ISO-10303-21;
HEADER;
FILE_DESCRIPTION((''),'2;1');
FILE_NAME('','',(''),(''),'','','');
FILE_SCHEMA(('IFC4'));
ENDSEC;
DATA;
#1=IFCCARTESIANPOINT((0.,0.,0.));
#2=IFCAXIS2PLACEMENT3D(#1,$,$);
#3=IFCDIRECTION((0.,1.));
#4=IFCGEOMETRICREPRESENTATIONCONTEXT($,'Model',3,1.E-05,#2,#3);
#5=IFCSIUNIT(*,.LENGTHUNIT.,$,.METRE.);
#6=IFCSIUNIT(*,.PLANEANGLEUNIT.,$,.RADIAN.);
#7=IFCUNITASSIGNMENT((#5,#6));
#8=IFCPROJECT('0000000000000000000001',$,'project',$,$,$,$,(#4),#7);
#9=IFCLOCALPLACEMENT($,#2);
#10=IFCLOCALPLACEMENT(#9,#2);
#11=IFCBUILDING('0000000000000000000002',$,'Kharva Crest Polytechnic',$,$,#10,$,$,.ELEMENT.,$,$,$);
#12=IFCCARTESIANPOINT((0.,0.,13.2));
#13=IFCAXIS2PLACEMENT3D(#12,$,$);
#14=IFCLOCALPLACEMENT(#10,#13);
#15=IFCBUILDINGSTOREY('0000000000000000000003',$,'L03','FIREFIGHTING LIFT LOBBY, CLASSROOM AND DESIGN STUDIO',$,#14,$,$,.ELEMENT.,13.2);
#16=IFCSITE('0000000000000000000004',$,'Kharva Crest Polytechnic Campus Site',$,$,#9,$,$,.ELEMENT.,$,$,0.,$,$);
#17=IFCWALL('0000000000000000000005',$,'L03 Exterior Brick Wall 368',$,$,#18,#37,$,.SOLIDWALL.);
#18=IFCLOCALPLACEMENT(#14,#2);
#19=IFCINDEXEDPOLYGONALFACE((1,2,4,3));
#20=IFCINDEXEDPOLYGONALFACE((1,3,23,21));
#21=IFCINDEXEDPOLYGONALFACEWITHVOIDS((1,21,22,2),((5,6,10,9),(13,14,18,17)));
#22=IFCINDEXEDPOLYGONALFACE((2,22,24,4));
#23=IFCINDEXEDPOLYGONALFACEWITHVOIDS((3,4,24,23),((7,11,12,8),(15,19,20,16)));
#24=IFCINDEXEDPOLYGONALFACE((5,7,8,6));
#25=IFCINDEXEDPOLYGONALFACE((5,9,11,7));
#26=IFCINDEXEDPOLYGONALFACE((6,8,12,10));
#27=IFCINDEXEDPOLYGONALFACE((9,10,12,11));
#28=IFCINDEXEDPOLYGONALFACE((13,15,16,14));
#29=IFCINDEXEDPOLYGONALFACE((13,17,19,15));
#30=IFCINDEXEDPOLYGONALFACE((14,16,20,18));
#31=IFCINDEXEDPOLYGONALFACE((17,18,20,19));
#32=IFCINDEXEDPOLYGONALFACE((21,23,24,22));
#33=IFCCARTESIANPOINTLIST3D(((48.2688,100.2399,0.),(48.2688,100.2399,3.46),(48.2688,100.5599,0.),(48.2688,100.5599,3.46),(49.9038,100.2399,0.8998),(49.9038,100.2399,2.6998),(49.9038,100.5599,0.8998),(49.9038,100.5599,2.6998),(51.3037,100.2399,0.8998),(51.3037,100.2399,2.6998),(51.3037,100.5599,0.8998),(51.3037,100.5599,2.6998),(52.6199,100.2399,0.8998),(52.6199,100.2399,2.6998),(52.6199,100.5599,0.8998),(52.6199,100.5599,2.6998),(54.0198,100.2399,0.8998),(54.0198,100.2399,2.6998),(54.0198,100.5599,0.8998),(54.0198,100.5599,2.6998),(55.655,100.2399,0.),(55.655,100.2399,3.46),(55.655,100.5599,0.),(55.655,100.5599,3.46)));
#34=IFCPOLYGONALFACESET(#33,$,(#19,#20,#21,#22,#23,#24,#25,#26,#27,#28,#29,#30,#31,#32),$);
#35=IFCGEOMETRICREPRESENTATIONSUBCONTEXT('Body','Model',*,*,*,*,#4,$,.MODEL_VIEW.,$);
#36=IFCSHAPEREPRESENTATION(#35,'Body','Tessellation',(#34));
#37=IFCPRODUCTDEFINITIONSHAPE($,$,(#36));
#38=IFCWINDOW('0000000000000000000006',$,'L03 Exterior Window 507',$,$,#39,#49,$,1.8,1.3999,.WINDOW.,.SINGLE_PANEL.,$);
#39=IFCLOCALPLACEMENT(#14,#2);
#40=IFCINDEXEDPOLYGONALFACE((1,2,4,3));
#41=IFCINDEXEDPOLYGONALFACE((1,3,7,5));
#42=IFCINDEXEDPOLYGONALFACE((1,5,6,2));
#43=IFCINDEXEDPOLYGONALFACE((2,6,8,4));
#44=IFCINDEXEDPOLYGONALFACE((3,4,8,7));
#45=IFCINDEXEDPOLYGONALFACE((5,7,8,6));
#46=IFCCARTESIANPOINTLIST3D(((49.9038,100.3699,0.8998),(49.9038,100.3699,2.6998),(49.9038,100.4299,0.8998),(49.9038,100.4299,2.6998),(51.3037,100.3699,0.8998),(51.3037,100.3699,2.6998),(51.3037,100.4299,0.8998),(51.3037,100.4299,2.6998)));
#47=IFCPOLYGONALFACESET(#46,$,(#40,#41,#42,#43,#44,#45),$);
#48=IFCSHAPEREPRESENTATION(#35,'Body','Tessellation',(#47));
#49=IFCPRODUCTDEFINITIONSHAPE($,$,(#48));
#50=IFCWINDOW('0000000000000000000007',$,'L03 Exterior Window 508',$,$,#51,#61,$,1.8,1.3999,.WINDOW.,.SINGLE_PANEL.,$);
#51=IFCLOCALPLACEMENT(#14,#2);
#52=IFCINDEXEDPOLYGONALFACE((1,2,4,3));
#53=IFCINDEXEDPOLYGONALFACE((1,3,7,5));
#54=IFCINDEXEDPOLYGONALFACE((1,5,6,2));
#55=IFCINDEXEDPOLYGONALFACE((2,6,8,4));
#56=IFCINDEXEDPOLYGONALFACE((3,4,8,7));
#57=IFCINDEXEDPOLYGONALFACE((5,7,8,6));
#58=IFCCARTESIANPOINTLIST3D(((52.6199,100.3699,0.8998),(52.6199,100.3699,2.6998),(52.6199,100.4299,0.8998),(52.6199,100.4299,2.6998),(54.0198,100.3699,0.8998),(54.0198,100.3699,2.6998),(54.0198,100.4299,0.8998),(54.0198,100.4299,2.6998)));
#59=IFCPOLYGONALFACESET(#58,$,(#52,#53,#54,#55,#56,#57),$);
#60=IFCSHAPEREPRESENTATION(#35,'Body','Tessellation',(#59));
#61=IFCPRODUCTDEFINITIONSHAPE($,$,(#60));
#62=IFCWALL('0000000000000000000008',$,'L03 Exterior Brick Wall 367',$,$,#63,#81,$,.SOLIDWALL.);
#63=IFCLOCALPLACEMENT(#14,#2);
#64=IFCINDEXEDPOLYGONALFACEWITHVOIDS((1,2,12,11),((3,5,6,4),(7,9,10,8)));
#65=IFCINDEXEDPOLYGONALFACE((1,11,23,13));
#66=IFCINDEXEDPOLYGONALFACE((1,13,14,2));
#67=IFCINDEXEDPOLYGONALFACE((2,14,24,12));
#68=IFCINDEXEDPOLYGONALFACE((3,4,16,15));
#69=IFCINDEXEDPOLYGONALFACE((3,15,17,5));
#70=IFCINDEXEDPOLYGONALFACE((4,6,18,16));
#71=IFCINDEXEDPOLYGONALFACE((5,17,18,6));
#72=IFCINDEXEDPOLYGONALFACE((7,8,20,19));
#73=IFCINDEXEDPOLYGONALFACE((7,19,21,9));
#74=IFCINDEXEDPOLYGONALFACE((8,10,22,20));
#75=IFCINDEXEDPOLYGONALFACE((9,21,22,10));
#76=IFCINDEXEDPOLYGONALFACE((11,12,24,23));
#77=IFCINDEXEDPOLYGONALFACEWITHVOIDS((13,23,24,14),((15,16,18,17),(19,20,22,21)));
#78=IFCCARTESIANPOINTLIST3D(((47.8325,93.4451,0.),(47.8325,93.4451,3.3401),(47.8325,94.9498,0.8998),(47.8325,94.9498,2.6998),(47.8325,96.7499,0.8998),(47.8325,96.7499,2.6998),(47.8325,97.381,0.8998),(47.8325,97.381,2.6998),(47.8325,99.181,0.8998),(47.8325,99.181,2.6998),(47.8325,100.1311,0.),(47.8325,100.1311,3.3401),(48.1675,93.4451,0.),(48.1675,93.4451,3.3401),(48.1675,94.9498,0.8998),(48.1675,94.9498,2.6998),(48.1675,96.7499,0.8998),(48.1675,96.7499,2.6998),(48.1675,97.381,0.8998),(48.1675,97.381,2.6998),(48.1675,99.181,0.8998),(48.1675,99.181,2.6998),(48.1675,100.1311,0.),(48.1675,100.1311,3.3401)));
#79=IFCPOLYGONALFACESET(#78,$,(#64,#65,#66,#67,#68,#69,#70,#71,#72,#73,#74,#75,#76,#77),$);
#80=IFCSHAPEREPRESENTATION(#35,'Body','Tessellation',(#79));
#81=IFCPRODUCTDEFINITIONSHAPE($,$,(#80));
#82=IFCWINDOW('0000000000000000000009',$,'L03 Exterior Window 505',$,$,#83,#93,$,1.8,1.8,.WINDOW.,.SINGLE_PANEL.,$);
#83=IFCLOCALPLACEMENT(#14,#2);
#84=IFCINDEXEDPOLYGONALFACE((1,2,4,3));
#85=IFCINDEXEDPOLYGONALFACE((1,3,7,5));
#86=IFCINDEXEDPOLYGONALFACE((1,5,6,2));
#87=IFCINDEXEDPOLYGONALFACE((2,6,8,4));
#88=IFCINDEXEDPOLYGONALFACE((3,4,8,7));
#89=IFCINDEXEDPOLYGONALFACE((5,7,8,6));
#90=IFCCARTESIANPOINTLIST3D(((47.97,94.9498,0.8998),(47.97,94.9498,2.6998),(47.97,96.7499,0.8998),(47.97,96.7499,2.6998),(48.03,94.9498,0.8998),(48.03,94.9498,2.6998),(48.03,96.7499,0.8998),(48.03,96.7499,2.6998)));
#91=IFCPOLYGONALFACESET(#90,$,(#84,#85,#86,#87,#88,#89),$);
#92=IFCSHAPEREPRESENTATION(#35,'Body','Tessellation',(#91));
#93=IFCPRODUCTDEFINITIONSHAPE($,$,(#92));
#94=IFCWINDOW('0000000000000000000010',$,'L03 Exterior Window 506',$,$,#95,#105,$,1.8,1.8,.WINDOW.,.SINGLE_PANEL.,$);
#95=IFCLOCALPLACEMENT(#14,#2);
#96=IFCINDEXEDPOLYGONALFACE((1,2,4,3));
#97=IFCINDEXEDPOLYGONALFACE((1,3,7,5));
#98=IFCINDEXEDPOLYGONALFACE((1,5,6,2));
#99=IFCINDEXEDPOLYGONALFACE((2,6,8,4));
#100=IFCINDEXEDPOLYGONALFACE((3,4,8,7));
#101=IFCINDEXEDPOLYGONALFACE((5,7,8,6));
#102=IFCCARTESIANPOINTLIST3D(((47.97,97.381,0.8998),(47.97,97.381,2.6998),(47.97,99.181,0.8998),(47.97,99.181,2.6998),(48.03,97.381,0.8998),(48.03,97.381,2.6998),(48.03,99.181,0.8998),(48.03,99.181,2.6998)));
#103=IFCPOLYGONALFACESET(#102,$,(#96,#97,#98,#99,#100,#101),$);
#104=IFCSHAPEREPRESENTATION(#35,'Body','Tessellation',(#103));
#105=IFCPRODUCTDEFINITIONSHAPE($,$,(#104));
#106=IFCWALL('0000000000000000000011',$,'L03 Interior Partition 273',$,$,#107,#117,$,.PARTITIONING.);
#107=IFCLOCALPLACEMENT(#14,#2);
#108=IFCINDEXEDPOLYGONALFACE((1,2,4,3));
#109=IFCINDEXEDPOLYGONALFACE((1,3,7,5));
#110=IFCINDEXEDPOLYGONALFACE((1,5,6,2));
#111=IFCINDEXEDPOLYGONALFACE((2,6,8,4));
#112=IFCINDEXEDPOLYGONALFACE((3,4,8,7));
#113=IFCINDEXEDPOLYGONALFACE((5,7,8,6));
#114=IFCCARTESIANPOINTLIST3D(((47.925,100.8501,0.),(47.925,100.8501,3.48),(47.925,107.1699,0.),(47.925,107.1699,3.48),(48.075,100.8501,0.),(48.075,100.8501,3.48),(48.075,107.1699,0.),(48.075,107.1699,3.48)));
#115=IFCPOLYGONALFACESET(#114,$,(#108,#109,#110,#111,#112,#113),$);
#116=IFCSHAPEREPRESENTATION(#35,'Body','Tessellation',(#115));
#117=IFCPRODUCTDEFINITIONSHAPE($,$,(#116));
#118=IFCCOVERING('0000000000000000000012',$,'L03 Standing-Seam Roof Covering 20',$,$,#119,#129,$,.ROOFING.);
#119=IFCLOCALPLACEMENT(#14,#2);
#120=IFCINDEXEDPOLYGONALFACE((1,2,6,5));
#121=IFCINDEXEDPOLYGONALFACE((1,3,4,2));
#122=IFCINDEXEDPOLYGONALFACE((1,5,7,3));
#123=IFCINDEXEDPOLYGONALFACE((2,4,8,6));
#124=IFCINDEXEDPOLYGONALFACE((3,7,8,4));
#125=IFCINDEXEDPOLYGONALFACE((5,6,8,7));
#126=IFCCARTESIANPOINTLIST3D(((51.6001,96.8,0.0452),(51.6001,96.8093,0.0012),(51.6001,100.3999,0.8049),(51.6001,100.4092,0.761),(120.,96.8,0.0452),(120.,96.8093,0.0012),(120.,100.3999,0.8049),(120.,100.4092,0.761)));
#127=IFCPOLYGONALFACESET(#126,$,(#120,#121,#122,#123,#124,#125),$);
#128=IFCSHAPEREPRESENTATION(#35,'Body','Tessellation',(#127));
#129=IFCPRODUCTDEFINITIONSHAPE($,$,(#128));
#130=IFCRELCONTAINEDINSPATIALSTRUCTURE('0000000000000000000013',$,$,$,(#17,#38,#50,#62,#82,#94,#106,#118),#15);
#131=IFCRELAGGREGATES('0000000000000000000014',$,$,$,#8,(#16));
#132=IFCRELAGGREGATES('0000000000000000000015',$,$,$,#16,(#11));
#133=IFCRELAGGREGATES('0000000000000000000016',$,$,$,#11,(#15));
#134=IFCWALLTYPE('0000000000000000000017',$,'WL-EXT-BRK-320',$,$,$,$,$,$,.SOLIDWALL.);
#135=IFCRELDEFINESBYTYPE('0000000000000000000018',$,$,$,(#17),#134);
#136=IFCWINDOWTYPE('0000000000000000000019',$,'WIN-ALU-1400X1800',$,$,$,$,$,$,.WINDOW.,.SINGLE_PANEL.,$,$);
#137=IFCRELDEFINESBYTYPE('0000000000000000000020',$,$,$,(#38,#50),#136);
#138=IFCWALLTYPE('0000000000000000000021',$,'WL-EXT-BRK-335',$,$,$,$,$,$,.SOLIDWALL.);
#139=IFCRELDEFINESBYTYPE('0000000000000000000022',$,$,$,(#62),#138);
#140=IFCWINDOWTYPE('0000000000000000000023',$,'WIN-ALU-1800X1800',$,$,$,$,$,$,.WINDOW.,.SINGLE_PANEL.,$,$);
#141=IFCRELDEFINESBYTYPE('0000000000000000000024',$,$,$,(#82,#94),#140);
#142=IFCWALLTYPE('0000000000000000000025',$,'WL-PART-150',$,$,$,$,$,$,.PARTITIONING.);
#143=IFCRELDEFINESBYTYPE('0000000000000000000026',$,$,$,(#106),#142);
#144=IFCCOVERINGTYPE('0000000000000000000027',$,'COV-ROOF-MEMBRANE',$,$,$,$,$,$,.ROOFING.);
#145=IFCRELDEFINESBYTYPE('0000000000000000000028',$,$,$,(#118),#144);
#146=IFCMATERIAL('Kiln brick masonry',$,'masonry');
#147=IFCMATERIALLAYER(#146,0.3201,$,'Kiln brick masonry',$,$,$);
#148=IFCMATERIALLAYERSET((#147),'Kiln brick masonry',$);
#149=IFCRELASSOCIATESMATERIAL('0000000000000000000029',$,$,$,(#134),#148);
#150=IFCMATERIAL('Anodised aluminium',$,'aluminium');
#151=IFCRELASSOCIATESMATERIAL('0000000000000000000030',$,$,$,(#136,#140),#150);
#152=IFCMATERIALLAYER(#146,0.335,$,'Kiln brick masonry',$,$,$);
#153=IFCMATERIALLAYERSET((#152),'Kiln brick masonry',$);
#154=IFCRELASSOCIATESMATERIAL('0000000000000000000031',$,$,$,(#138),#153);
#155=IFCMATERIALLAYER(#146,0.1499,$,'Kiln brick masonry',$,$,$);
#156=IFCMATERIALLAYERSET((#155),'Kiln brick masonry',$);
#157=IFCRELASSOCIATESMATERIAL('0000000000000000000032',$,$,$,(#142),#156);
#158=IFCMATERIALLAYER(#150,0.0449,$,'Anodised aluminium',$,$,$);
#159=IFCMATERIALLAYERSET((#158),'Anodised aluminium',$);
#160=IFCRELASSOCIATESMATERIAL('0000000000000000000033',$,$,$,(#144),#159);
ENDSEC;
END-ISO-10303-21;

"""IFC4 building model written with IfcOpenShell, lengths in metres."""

from ifc_helpers import new_model, si_unit, direction, frame, frame_2d, origin, place, context, subcontext, project, spatial, polyline, rectangle, outline, extrude, material, layer, layer_set, type_object, element, fill, save


model = new_model("IFC4")

# Units and contexts
model_context = context("Model", 3, precision=1e-05, world=origin(), true_north=direction((0.0, 1.0)))
body_context = subcontext(model_context, "Body", "Model", "MODEL_VIEW")
ifc_project = project(units=[si_unit("LENGTHUNIT", "METRE"), si_unit("PLANEANGLEUNIT", "RADIAN")], contexts=[model_context])

# Site, building, storey
site_placement = place(None, origin())
site = spatial("IfcSite", under=ifc_project, at=site_placement, Name="Kharva Crest Polytechnic Campus Site", CompositionType="ELEMENT", RefElevation=0.0)
building_placement = place(site_placement, origin())
building = spatial("IfcBuilding", under=site, at=building_placement, Name="Kharva Crest Polytechnic", CompositionType="ELEMENT")
storey_placement = place(building_placement, frame((0.0, 0.0, 13.2)))
storey = spatial("IfcBuildingStorey", under=building, at=storey_placement, Name="L03", Description="FIREFIGHTING LIFT LOBBY, CLASSROOM AND DESIGN STUDIO", CompositionType="ELEMENT", Elevation=13.2)

# Walls, openings, windows
ifc_material_1 = material(Name="Kiln brick masonry", Category="masonry")
ifc_material_2 = material(Name="Anodised aluminium", Category="aluminium")
ifc_layer_1 = layer(ifc_material_1, 0.3201, Name="Kiln brick masonry")
ifc_layer_set_1 = layer_set([ifc_layer_1], Name="Kiln brick masonry")
wall_type_1 = type_object("IfcWallType", Name="WL-EXT-BRK-320", PredefinedType="SOLIDWALL", material=ifc_layer_set_1)
wall_1_placement = place(storey_placement, frame((48.2688, 100.3999, 0.0), z_axis=(0.0, 0.0, 1.0), x_axis=(1.0, 0.0, 0.0)))
wall_1 = element("IfcWall", 1, at=wall_1_placement, inside=storey, type_object=wall_type_1, Name="L03 Exterior Brick Wall 368", PredefinedType="SOLIDWALL", context=body_context, shape_type="SweptSolid", body=[
    extrude(rectangle(XDim=7.3862, YDim=0.3201, at=frame_2d((3.6931, 0.0))), origin(), (0.0, 0.0, 1.0), 3.46),
])
opening_1_placement = place(wall_1_placement, frame((1.635, 0.0, 0.8999)))
opening_1 = element("IfcOpeningElement", 2, at=opening_1_placement, cuts=wall_1, PredefinedType="OPENING", context=body_context, shape_type="SweptSolid", body=[
    extrude(rectangle(XDim=1.3999, YDim=1.8, at=frame_2d((0.7, 0.8999))), frame((0.0, 0.1699, 0.0), z_axis=(0.0, -1.0, 0.0), x_axis=(1.0, 0.0, 0.0)), (0.0, 0.0, 1.0), 0.3401),
])
opening_2_placement = place(wall_1_placement, frame((4.3511, 0.0, 0.8999)))
opening_2 = element("IfcOpeningElement", 3, at=opening_2_placement, cuts=wall_1, PredefinedType="OPENING", context=body_context, shape_type="SweptSolid", body=[
    extrude(rectangle(XDim=1.3999, YDim=1.8, at=frame_2d((0.7, 0.8999))), frame((0.0, 0.1699, 0.0), z_axis=(0.0, -1.0, 0.0), x_axis=(1.0, 0.0, 0.0)), (0.0, 0.0, 1.0), 0.3401),
])
window_type_1 = type_object("IfcWindowType", Name="WIN-ALU-1400X1800", PartitioningType="SINGLE_PANEL", PredefinedType="WINDOW", material=ifc_material_2)
window_1_placement = place(opening_1_placement, origin())
window_1 = element("IfcWindow", 4, at=window_1_placement, inside=storey, type_object=window_type_1, Name="L03 Exterior Window 507", OverallHeight=1.8, OverallWidth=1.3999, PartitioningType="SINGLE_PANEL", PredefinedType="WINDOW", context=body_context, shape_type="SweptSolid", body=[
    extrude(rectangle(XDim=1.3999, YDim=1.8, at=frame_2d((0.7, 0.8999))), frame((0.0, 0.03, 0.0), z_axis=(0.0, -1.0, 0.0), x_axis=(1.0, 0.0, 0.0)), (0.0, 0.0, 1.0), 0.0601),
])
fill(opening_1, window_1)
window_2_placement = place(opening_2_placement, origin())
window_2 = element("IfcWindow", 5, at=window_2_placement, inside=storey, type_object=window_type_1, Name="L03 Exterior Window 508", OverallHeight=1.8, OverallWidth=1.3999, PartitioningType="SINGLE_PANEL", PredefinedType="WINDOW", context=body_context, shape_type="SweptSolid", body=[
    extrude(rectangle(XDim=1.3999, YDim=1.8, at=frame_2d((0.7, 0.8999))), frame((0.0, 0.03, 0.0), z_axis=(0.0, -1.0, 0.0), x_axis=(1.0, 0.0, 0.0)), (0.0, 0.0, 1.0), 0.0601),
])
fill(opening_2, window_2)
ifc_layer_2 = layer(ifc_material_1, 0.335, Name="Kiln brick masonry")
ifc_layer_set_2 = layer_set([ifc_layer_2], Name="Kiln brick masonry")
wall_type_2 = type_object("IfcWallType", Name="WL-EXT-BRK-335", PredefinedType="SOLIDWALL", material=ifc_layer_set_2)
wall_2_placement = place(storey_placement, frame((48.0, 93.4451, 0.0), z_axis=(0.0, 0.0, 1.0), x_axis=(0.0, 1.0, 0.0)))
wall_2 = element("IfcWall", 6, at=wall_2_placement, inside=storey, type_object=wall_type_2, Name="L03 Exterior Brick Wall 367", PredefinedType="SOLIDWALL", context=body_context, shape_type="SweptSolid", body=[
    extrude(rectangle(XDim=6.686, YDim=0.335, at=frame_2d((3.343, 0.0))), origin(), (0.0, 0.0, 1.0), 3.3401),
])
opening_3_placement = place(wall_2_placement, frame((1.5049, 0.0, 0.8999)))
opening_3 = element("IfcOpeningElement", 7, at=opening_3_placement, cuts=wall_2, PredefinedType="OPENING", context=body_context, shape_type="SweptSolid", body=[
    extrude(rectangle(XDim=1.8, YDim=1.8, at=frame_2d((0.8999, 0.8999))), frame((0.0, 0.1775, 0.0), z_axis=(0.0, -1.0, 0.0), x_axis=(1.0, 0.0, 0.0)), (0.0, 0.0, 1.0), 0.355),
])
opening_4_placement = place(wall_2_placement, frame((3.936, 0.0, 0.8999)))
opening_4 = element("IfcOpeningElement", 8, at=opening_4_placement, cuts=wall_2, PredefinedType="OPENING", context=body_context, shape_type="SweptSolid", body=[
    extrude(rectangle(XDim=1.8, YDim=1.8, at=frame_2d((0.8999, 0.8999))), frame((0.0, 0.1775, 0.0), z_axis=(0.0, -1.0, 0.0), x_axis=(1.0, 0.0, 0.0)), (0.0, 0.0, 1.0), 0.355),
])
window_type_2 = type_object("IfcWindowType", Name="WIN-ALU-1800X1800", PartitioningType="SINGLE_PANEL", PredefinedType="WINDOW", material=ifc_material_2)
window_3_placement = place(opening_3_placement, origin())
window_3 = element("IfcWindow", 9, at=window_3_placement, inside=storey, type_object=window_type_2, Name="L03 Exterior Window 505", OverallHeight=1.8, OverallWidth=1.8, PartitioningType="SINGLE_PANEL", PredefinedType="WINDOW", context=body_context, shape_type="SweptSolid", body=[
    extrude(rectangle(XDim=1.8, YDim=1.8, at=frame_2d((0.8999, 0.8999))), frame((0.0, 0.03, 0.0), z_axis=(0.0, -1.0, 0.0), x_axis=(1.0, 0.0, 0.0)), (0.0, 0.0, 1.0), 0.0601),
])
fill(opening_3, window_3)
window_4_placement = place(opening_4_placement, origin())
window_4 = element("IfcWindow", 10, at=window_4_placement, inside=storey, type_object=window_type_2, Name="L03 Exterior Window 506", OverallHeight=1.8, OverallWidth=1.8, PartitioningType="SINGLE_PANEL", PredefinedType="WINDOW", context=body_context, shape_type="SweptSolid", body=[
    extrude(rectangle(XDim=1.8, YDim=1.8, at=frame_2d((0.8999, 0.8999))), frame((0.0, 0.03, 0.0), z_axis=(0.0, -1.0, 0.0), x_axis=(1.0, 0.0, 0.0)), (0.0, 0.0, 1.0), 0.0601),
])
fill(opening_4, window_4)

# Wall
ifc_layer_3 = layer(ifc_material_1, 0.1499, Name="Kiln brick masonry")
ifc_layer_set_3 = layer_set([ifc_layer_3], Name="Kiln brick masonry")
wall_type_3 = type_object("IfcWallType", Name="WL-PART-150", PredefinedType="PARTITIONING", material=ifc_layer_set_3)
wall_3_placement = place(storey_placement, frame((48.0, 100.8501, 0.0), z_axis=(0.0, 0.0, 1.0), x_axis=(0.0, 1.0, 0.0)))
element("IfcWall", 11, at=wall_3_placement, inside=storey, type_object=wall_type_3, Name="L03 Interior Partition 273", PredefinedType="PARTITIONING", context=body_context, shape_type="SweptSolid", body=[
    extrude(rectangle(XDim=6.3198, YDim=0.1499, at=frame_2d((3.1599, 0.0))), origin(), (0.0, 0.0, 1.0), 3.48),
])

# Covering
ifc_layer_4 = layer(ifc_material_2, 0.0449, Name="Anodised aluminium")
ifc_layer_set_4 = layer_set([ifc_layer_4], Name="Anodised aluminium")
covering_type = type_object("IfcCoveringType", Name="COV-ROOF-MEMBRANE", PredefinedType="ROOFING", material=ifc_layer_set_4)
covering_placement = place(storey_placement, frame((51.6001, 96.8, 0.0452), z_axis=(0.0, -0.206505, 0.978445), x_axis=(1.0, 0.0, 0.0)))
element("IfcCovering", 12, at=covering_placement, inside=storey, type_object=covering_type, Name="L03 Standing-Seam Roof Covering 20", PredefinedType="ROOFING", context=body_context, shape_type="SweptSolid", body=[
    extrude(outline(polyline([(0.0, 0.0), (68.3999, 0.0), (68.3999, 3.6792), (0.0, 3.6792), (0.0, 0.0)])), origin(), (0.0, 0.0, -1.0), 0.0449),
])

save(model, "model.ifc")
